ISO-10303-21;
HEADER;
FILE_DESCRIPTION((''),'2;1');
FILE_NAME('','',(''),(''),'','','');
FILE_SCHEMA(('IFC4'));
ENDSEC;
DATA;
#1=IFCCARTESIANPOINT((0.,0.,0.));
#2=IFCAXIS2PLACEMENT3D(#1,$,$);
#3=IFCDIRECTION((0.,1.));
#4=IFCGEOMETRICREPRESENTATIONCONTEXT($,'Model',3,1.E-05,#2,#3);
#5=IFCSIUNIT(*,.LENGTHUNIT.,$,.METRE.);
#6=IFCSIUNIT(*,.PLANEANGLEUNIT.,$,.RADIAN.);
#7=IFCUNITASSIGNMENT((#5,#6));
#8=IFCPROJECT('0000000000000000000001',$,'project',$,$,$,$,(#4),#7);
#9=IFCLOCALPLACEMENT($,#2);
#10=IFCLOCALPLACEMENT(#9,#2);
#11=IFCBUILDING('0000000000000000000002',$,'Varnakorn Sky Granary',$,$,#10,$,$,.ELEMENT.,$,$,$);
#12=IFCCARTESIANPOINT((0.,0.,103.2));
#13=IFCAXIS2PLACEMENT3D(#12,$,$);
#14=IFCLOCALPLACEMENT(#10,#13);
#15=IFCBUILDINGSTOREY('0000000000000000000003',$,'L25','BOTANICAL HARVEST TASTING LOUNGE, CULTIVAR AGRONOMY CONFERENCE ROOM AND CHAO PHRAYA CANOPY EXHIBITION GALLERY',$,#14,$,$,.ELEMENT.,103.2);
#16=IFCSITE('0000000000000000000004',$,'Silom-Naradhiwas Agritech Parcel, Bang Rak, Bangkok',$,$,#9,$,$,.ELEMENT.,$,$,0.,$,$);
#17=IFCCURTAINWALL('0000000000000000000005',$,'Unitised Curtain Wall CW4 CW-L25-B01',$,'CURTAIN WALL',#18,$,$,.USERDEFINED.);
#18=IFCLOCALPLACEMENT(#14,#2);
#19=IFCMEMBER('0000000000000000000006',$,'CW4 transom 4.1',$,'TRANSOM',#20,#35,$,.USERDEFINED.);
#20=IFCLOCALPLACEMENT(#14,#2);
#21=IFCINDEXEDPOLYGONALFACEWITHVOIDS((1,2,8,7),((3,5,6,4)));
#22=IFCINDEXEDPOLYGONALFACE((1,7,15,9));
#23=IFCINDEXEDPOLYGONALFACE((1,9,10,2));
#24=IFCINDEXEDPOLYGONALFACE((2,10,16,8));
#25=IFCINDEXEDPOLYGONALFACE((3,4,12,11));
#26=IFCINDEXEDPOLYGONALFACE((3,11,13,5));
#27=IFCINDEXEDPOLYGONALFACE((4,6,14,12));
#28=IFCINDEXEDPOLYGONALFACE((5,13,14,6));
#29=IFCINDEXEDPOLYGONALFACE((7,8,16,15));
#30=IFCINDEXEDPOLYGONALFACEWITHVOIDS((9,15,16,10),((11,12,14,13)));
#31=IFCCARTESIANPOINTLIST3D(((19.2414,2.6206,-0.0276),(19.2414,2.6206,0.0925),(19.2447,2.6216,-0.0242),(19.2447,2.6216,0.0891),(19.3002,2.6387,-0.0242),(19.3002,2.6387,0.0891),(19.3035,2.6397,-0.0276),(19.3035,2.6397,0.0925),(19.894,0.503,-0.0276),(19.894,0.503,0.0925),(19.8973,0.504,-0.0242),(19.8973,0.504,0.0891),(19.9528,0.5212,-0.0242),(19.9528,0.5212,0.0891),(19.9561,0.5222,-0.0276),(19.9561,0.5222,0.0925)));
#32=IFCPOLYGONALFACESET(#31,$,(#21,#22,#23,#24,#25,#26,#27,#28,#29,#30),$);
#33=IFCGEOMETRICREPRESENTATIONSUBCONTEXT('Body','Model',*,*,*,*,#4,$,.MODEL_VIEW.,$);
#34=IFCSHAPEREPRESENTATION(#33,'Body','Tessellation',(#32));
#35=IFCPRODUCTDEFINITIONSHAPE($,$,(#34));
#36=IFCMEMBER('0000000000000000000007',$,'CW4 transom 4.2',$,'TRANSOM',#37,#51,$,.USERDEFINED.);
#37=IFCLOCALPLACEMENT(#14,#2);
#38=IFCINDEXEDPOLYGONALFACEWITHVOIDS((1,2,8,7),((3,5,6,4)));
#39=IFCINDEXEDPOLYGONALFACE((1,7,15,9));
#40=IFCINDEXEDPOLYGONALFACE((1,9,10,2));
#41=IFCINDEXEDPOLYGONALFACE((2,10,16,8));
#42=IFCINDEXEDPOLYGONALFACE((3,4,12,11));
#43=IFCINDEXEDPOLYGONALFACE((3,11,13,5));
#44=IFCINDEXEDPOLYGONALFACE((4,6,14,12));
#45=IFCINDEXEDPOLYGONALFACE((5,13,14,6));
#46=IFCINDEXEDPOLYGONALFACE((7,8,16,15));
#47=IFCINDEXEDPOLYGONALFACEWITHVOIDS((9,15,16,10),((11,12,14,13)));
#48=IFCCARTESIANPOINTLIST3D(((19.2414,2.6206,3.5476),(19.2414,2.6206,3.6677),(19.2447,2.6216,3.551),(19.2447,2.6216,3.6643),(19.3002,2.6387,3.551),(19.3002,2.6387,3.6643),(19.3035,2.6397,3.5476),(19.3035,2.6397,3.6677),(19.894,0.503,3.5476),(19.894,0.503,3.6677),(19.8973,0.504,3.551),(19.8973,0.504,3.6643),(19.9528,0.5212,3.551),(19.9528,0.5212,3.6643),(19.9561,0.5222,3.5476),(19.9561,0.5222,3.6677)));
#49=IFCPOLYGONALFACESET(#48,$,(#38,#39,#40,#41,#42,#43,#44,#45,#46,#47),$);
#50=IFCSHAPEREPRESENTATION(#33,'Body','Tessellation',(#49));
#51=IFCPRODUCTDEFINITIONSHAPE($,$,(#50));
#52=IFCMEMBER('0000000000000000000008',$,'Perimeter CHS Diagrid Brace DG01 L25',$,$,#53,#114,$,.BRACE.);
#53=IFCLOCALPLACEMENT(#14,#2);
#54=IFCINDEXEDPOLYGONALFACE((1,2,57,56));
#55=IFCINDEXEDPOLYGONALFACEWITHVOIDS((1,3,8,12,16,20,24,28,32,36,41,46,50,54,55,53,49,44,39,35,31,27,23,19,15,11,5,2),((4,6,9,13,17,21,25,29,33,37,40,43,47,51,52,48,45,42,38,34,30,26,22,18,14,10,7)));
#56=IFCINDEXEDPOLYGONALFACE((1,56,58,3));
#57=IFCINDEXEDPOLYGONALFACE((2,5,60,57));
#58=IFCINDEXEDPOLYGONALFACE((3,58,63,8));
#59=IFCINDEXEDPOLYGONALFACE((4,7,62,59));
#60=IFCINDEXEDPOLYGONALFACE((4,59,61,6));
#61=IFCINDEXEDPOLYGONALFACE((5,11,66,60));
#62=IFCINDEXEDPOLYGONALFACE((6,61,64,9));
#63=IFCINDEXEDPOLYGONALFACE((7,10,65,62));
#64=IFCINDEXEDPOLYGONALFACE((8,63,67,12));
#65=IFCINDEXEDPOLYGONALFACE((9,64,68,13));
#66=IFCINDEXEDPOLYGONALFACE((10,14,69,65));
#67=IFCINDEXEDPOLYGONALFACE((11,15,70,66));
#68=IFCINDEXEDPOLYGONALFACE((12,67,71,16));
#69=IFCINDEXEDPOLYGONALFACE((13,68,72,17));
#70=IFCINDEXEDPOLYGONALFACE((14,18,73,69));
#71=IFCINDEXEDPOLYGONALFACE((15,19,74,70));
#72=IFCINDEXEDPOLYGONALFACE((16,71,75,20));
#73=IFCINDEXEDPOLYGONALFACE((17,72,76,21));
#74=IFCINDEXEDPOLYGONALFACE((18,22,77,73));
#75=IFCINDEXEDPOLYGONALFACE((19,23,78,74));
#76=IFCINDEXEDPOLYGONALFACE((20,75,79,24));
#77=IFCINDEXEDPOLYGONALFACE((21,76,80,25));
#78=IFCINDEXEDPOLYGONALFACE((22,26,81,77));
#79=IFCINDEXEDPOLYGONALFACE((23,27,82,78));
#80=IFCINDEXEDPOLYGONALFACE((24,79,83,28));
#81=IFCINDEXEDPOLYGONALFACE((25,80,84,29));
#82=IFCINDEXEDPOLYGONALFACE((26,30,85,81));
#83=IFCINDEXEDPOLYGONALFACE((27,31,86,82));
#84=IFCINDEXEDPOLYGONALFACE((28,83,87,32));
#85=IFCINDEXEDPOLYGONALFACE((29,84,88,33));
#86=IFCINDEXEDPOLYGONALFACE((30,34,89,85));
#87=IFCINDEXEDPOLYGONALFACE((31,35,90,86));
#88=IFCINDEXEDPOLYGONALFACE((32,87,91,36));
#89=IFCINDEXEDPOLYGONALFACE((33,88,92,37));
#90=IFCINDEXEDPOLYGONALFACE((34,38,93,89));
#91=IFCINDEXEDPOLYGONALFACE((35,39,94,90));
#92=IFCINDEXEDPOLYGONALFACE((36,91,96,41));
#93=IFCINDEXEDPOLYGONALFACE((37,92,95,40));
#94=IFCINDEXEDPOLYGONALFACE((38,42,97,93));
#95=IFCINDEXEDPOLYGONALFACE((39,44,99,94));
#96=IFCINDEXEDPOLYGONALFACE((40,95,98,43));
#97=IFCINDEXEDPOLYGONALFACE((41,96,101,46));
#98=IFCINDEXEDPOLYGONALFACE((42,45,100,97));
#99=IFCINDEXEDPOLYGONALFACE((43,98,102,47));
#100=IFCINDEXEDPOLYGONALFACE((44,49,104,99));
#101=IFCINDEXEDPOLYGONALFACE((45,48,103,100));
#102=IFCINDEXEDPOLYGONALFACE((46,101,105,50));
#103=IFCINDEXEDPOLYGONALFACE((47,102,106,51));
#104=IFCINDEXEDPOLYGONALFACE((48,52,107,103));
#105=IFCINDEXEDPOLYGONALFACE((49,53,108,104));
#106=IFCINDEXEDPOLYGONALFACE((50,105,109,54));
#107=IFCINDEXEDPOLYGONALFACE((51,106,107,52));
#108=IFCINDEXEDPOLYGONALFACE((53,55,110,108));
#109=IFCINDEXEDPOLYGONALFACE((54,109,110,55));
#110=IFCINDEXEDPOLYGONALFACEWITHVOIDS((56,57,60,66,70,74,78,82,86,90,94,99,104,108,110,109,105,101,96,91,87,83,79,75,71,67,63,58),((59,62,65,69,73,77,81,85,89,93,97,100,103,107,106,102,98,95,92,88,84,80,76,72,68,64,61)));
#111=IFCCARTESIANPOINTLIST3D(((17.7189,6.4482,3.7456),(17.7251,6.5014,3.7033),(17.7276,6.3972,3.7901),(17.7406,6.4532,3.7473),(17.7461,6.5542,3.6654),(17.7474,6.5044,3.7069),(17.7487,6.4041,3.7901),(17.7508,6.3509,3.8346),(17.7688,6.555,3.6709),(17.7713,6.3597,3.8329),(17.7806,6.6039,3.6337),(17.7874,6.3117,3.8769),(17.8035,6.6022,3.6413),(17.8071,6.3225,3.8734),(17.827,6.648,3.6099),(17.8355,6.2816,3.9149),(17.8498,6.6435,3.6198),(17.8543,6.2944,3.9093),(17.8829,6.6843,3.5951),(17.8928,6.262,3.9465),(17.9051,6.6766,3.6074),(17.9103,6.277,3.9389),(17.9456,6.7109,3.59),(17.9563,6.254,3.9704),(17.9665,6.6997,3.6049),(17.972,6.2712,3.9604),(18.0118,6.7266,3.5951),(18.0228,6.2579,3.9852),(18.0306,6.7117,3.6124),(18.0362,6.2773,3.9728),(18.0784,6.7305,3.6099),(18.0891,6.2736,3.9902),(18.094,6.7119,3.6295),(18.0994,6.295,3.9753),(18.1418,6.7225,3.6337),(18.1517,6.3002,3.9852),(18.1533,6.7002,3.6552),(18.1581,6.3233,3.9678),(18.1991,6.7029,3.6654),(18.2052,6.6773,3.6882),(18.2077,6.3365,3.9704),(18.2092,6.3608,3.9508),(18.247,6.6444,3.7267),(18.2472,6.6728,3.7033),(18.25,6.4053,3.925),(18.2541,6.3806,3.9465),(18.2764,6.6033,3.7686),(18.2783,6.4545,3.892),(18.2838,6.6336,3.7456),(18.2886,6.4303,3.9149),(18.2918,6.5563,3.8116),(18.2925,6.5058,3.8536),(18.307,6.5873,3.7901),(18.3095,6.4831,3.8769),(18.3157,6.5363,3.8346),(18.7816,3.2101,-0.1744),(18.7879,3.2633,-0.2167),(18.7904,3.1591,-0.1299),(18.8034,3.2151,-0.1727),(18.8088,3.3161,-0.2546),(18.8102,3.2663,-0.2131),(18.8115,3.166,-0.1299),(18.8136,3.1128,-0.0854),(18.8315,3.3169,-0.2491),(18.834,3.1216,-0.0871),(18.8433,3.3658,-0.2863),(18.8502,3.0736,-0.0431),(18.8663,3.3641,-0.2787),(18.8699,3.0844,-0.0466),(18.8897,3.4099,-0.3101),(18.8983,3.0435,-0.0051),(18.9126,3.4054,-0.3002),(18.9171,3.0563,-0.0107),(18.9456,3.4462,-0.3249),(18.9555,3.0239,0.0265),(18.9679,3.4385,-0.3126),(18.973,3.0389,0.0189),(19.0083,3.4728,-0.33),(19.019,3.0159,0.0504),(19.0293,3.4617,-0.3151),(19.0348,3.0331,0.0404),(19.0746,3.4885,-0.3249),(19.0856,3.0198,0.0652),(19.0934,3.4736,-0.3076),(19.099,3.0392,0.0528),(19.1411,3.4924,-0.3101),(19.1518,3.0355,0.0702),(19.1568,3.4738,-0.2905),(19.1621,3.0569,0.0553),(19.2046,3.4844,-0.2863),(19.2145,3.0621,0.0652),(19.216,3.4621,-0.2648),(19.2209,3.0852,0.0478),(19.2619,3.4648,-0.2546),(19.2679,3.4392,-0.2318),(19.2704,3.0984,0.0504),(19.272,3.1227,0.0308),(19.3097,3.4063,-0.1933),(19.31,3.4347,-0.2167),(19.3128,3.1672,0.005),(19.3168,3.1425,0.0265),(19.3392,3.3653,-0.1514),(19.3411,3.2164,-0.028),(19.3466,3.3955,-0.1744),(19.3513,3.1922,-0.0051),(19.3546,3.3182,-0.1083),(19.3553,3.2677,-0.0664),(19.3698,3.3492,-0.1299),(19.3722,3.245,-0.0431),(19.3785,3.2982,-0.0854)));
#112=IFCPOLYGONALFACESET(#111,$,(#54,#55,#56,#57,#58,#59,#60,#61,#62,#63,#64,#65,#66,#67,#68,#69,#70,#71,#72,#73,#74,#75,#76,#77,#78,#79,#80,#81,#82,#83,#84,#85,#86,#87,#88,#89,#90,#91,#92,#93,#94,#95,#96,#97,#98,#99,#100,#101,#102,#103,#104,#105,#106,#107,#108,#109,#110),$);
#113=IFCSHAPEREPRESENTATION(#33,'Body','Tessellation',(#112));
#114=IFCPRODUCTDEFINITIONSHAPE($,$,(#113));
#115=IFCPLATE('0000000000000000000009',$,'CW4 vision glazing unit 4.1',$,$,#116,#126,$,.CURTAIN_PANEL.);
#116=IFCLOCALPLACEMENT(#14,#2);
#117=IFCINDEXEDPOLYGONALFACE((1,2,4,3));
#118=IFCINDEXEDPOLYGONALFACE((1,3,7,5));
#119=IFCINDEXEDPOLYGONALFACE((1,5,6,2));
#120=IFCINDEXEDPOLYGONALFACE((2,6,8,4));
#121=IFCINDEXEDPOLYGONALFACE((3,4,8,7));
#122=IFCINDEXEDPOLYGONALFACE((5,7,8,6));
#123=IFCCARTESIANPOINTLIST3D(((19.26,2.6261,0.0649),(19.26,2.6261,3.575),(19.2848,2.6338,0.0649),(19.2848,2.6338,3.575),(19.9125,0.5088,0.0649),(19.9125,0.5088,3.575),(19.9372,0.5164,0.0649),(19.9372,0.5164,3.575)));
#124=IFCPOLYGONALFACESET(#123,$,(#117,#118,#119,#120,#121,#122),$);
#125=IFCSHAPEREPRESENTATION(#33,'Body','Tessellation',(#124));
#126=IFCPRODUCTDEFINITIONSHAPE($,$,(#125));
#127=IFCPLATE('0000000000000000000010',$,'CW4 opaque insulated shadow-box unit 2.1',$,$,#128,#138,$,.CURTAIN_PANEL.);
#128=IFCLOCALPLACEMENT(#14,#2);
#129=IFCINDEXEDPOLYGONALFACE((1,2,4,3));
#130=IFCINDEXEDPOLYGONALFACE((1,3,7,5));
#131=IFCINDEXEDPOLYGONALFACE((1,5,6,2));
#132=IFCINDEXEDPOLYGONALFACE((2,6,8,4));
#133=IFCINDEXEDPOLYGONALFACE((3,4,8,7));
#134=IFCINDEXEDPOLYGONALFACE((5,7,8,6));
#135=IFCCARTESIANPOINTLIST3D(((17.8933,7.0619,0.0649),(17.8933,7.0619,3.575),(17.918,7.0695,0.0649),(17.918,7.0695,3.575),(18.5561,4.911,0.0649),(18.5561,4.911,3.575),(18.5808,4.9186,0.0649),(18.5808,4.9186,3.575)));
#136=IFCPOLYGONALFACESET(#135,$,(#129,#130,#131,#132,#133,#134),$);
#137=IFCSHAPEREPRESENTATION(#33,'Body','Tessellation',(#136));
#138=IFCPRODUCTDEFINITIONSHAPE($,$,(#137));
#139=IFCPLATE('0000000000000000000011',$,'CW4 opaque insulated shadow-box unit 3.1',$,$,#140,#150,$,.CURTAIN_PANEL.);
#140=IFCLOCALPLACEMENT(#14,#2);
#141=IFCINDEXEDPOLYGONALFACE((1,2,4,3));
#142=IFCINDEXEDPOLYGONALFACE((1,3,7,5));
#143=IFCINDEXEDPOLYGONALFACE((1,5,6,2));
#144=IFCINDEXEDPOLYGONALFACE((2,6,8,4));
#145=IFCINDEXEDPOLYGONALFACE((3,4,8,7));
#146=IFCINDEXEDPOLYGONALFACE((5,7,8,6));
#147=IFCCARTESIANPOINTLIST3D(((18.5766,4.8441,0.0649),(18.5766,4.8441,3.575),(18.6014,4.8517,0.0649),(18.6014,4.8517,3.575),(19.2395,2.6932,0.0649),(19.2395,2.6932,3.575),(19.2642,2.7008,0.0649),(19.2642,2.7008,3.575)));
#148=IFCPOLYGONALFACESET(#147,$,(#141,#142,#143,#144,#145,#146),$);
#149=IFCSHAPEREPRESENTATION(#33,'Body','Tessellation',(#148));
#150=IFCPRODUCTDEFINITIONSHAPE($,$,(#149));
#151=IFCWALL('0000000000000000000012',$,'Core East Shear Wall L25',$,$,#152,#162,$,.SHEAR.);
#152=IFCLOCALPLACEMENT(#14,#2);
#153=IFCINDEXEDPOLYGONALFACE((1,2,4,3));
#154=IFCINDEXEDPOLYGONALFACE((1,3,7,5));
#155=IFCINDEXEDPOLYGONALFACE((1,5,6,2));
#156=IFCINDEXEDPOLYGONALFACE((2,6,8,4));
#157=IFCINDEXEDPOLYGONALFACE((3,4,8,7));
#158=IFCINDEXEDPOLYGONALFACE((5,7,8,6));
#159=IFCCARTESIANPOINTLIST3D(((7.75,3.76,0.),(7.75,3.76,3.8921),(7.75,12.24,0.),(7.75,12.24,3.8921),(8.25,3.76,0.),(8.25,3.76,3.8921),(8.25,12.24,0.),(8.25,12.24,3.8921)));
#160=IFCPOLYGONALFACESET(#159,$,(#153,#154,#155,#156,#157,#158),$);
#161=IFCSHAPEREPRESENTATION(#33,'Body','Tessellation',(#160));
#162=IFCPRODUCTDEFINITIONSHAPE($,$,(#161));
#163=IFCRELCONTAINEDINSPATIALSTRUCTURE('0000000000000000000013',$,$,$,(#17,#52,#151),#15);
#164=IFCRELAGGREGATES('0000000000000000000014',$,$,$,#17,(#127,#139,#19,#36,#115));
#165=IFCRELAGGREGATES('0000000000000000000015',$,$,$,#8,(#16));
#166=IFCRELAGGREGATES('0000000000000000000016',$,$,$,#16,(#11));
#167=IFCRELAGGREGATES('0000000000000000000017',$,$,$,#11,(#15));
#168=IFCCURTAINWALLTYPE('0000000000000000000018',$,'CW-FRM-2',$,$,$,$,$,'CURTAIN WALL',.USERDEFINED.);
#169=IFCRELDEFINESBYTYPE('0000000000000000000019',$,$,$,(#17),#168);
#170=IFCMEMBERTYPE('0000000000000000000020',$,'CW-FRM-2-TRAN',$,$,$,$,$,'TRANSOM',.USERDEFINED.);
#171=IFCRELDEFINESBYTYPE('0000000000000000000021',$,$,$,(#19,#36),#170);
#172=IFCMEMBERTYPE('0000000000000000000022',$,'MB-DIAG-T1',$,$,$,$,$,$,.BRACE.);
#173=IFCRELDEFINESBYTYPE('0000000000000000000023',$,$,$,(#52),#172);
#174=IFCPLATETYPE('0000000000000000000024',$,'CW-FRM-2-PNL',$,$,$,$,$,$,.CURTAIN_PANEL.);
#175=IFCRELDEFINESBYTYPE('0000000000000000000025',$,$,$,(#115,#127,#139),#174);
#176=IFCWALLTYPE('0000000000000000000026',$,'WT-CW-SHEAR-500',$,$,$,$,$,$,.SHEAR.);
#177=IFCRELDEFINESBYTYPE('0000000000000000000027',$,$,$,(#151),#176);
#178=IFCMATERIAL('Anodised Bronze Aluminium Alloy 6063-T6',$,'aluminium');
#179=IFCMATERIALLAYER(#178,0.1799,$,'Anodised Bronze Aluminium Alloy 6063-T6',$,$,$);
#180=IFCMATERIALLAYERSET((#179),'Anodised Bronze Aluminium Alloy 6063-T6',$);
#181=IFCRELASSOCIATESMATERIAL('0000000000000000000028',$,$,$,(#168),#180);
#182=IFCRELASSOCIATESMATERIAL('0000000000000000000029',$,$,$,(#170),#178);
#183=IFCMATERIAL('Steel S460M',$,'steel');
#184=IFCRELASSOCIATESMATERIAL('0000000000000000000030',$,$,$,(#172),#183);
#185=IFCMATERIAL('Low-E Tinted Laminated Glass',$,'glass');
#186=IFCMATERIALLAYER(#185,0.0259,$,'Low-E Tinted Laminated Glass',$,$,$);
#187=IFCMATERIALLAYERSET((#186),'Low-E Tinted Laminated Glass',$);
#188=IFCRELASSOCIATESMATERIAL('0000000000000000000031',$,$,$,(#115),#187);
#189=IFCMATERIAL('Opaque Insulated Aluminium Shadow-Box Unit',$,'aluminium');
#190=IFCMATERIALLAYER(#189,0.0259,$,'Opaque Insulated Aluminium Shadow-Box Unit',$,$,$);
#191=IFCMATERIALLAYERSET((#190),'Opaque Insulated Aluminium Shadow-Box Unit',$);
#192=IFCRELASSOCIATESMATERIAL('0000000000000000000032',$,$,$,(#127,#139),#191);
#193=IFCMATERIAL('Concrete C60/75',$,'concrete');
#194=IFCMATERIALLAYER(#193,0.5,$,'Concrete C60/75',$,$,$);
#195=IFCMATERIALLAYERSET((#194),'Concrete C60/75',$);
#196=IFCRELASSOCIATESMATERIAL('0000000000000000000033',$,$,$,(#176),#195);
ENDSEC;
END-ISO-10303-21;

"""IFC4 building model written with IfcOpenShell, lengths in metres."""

from ifc_helpers import new_model, si_unit, direction, frame, frame_2d, origin, origin_2d, place, context, subcontext, project, spatial, rectangle, hollow_rectangle, hollow_circle, extrude, source, transform, mapped, material, layer, layer_set, material_profile, profile_set, type_object, type_shapes, element, aggregate, save


model = new_model("IFC4")

# Units and contexts
model_context = context("Model", 3, precision=1e-05, world=origin(), true_north=direction((0.0, 1.0)))
body_context = subcontext(model_context, "Body", "Model", "MODEL_VIEW")
ifc_project = project(units=[si_unit("LENGTHUNIT", "METRE"), si_unit("PLANEANGLEUNIT", "RADIAN")], contexts=[model_context])

# Site, building, storey
site_placement = place(None, origin())
site = spatial("IfcSite", under=ifc_project, at=site_placement, Name="Silom-Naradhiwas Agritech Parcel, Bang Rak, Bangkok", CompositionType="ELEMENT", RefElevation=0.0)
building_placement = place(site_placement, origin())
building = spatial("IfcBuilding", under=site, at=building_placement, Name="Varnakorn Sky Granary", CompositionType="ELEMENT")
storey_placement = place(building_placement, frame((0.0, 0.0, 103.2)))
storey = spatial("IfcBuildingStorey", under=building, at=storey_placement, Name="L25", Description="BOTANICAL HARVEST TASTING LOUNGE, CULTIVAR AGRONOMY CONFERENCE ROOM AND CHAO PHRAYA CANOPY EXHIBITION GALLERY", CompositionType="ELEMENT", Elevation=103.2)

# Shared definitions
ifc_material_1 = material(Name="Concrete C60/75", Category="concrete")

# Curtain wall, members
ifc_material_2 = material(Name="Anodised Bronze Aluminium Alloy 6063-T6", Category="aluminium")
ifc_layer_1 = layer(ifc_material_2, 0.1799, Name="Anodised Bronze Aluminium Alloy 6063-T6")
ifc_layer_set_1 = layer_set([ifc_layer_1], Name="Anodised Bronze Aluminium Alloy 6063-T6")
curtain_wall_type = type_object("IfcCurtainWallType", Name="CW-FRM-2", ElementType="CURTAIN WALL", PredefinedType="USERDEFINED", material=ifc_layer_set_1)
curtain_wall_placement = place(storey_placement, origin())
curtain_wall = element("IfcCurtainWall", 1, at=curtain_wall_placement, inside=storey, type_object=curtain_wall_type, Name="Unitised Curtain Wall CW4 CW-L25-B01", ObjectType="CURTAIN WALL", PredefinedType="USERDEFINED")
ifc_material_profile_1 = material_profile(ifc_material_2, hollow_rectangle(XDim=0.0649, YDim=0.1201, WallThickness=0.0034, at=origin_2d()), Name="ALU TRAN 65x120")
ifc_profile_set_1 = profile_set([ifc_material_profile_1], Name="Anodised Bronze Aluminium Alloy 6063-T6")
member_type_1 = type_object("IfcMemberType", Name="CW-FRM-2-TRAN", ElementType="TRANSOM", PredefinedType="USERDEFINED", material=ifc_profile_set_1)
member_1_placement = place(storey_placement, frame((19.2725, 2.6301, 0.0325), z_axis=(0.294527, -0.955643, 0.0), x_axis=(0.955643, 0.294527, 0.0)))
member_1 = element("IfcMember", 2, at=member_1_placement, type_object=member_type_1, Name="CW4 transom 4.1", ObjectType="TRANSOM", PredefinedType="USERDEFINED", context=body_context, shape_type="SweptSolid", body=[
    extrude(hollow_rectangle(XDim=0.0649, YDim=0.1201, WallThickness=0.0034, at=origin_2d()), origin(), (0.0, 0.0, 1.0), 2.2158),
])
member_2_placement = place(storey_placement, frame((19.2725, 2.6301, 3.6077), z_axis=(0.294527, -0.955643, 0.0), x_axis=(0.955643, 0.294527, 0.0)))
member_2 = element("IfcMember", 3, at=member_2_placement, type_object=member_type_1, Name="CW4 transom 4.2", ObjectType="TRANSOM", PredefinedType="USERDEFINED", context=body_context, shape_type="SweptSolid", body=[
    extrude(hollow_rectangle(XDim=0.0649, YDim=0.1201, WallThickness=0.0034, at=origin_2d()), origin(), (0.0, 0.0, 1.0), 2.2158),
])

# Member
ifc_material_3 = material(Name="Steel S460M", Category="steel")
ifc_material_profile_2 = material_profile(ifc_material_3, hollow_circle(Radius=0.3049, WallThickness=0.0222, at=origin_2d()), Name="CHS 610x22")
ifc_profile_set_2 = profile_set([ifc_material_profile_2], Name="Steel S460M")
member_type_2 = type_object("IfcMemberType", Name="MB-DIAG-T1", PredefinedType="BRACE", material=ifc_profile_set_2)
member_3_placement = place(storey_placement, frame((19.0801, 3.2542, -0.1299), z_axis=(-0.204601, 0.62339, 0.754668), x_axis=(-0.950135, -0.31184, 0.0)))
element("IfcMember", 4, at=member_3_placement, inside=storey, type_object=member_type_2, Name="Perimeter CHS Diagrid Brace DG01 L25", PredefinedType="BRACE", context=body_context, shape_type="SweptSolid", body=[
    extrude(hollow_circle(Radius=0.3049, WallThickness=0.0222, at=origin_2d()), origin(), (0.0, 0.0, 1.0), 5.1943),
])

# Plates
ifc_material_4 = material(Name="Low-E Tinted Laminated Glass", Category="glass")
ifc_layer_2 = layer(ifc_material_4, 0.0259, Name="Low-E Tinted Laminated Glass")
ifc_layer_set_2 = layer_set([ifc_layer_2], Name="Low-E Tinted Laminated Glass")
plate_type = type_object("IfcPlateType", Name="CW-FRM-2-PNL", PredefinedType="CURTAIN_PANEL")
shared_shape_1 = source(origin(), body_context, "Body", "SweptSolid", [
    extrude(rectangle(XDim=2.2156, YDim=0.0259, at=origin_2d()), origin(), (0.0, 0.0, 1.0), 3.51),
])
plate_1_placement = place(storey_placement, frame((19.5986, 1.5713, 0.0649), z_axis=(0.0, 0.0, 1.0), x_axis=(0.294498, -0.955652, 0.0)))
plate_1 = element("IfcPlate", 5, at=plate_1_placement, type_object=plate_type, material=ifc_layer_set_2, Name="CW4 vision glazing unit 4.1", PredefinedType="CURTAIN_PANEL", context=body_context, shape_type="MappedRepresentation", body=[
    mapped(shared_shape_1, transform((0.0, 0.0, 0.0), x_axis=(1.0, 0.0, 0.0), y_axis=(0.0, 1.0, 0.0), z_axis=(0.0, 0.0, 1.0), scale=1.0)),
])
ifc_material_5 = material(Name="Opaque Insulated Aluminium Shadow-Box Unit", Category="aluminium")
ifc_layer_3 = layer(ifc_material_5, 0.0259, Name="Opaque Insulated Aluminium Shadow-Box Unit")
ifc_layer_set_3 = layer_set([ifc_layer_3], Name="Opaque Insulated Aluminium Shadow-Box Unit")
shared_shape_2 = source(origin(), body_context, "Body", "SweptSolid", [
    extrude(rectangle(XDim=2.2507, YDim=0.0259, at=origin_2d()), origin(), (0.0, 0.0, 1.0), 3.51),
])
type_shapes(plate_type, [shared_shape_1, shared_shape_2])
plate_2_placement = place(storey_placement, frame((18.2371, 5.9902, 0.0649), z_axis=(0.0, 0.0, 1.0), x_axis=(0.294498, -0.955652, 0.0)))
plate_2 = element("IfcPlate", 6, at=plate_2_placement, type_object=plate_type, material=ifc_layer_set_3, Name="CW4 opaque insulated shadow-box unit 2.1", PredefinedType="CURTAIN_PANEL", context=body_context, shape_type="MappedRepresentation", body=[
    mapped(shared_shape_2, transform((0.0, 0.0, 0.0), x_axis=(1.0, 0.0, 0.0), y_axis=(0.0, 1.0, 0.0), z_axis=(0.0, 0.0, 1.0), scale=1.0)),
])
plate_3_placement = place(storey_placement, frame((18.9204, 3.7725, 0.0649), z_axis=(0.0, 0.0, 1.0), x_axis=(0.294498, -0.955652, 0.0)))
plate_3 = element("IfcPlate", 7, at=plate_3_placement, type_object=plate_type, material=ifc_layer_set_3, Name="CW4 opaque insulated shadow-box unit 3.1", PredefinedType="CURTAIN_PANEL", context=body_context, shape_type="MappedRepresentation", body=[
    mapped(shared_shape_2, transform((0.0, 0.0, 0.0), x_axis=(1.0, 0.0, 0.0), y_axis=(0.0, 1.0, 0.0), z_axis=(0.0, 0.0, 1.0), scale=1.0)),
])
aggregate(curtain_wall, [plate_2, plate_3, member_1, member_2, plate_1])

# Wall
ifc_layer_4 = layer(ifc_material_1, 0.5, Name="Concrete C60/75")
ifc_layer_set_4 = layer_set([ifc_layer_4], Name="Concrete C60/75")
wall_type_1 = type_object("IfcWallType", Name="WT-CW-SHEAR-500", PredefinedType="SHEAR", material=ifc_layer_set_4)
wall_1_placement = place(storey_placement, frame((8.0, 3.76, 0.0), z_axis=(0.0, 0.0, 1.0), x_axis=(0.0, 1.0, 0.0)))
element("IfcWall", 8, at=wall_1_placement, inside=storey, type_object=wall_type_1, Name="Core East Shear Wall L25", PredefinedType="SHEAR", context=body_context, shape_type="SweptSolid", body=[
    extrude(rectangle(XDim=8.48, YDim=0.5, at=frame_2d((4.24, 0.0))), origin(), (0.0, 0.0, 1.0), 3.8921),
])

save(model, "model.ifc")
